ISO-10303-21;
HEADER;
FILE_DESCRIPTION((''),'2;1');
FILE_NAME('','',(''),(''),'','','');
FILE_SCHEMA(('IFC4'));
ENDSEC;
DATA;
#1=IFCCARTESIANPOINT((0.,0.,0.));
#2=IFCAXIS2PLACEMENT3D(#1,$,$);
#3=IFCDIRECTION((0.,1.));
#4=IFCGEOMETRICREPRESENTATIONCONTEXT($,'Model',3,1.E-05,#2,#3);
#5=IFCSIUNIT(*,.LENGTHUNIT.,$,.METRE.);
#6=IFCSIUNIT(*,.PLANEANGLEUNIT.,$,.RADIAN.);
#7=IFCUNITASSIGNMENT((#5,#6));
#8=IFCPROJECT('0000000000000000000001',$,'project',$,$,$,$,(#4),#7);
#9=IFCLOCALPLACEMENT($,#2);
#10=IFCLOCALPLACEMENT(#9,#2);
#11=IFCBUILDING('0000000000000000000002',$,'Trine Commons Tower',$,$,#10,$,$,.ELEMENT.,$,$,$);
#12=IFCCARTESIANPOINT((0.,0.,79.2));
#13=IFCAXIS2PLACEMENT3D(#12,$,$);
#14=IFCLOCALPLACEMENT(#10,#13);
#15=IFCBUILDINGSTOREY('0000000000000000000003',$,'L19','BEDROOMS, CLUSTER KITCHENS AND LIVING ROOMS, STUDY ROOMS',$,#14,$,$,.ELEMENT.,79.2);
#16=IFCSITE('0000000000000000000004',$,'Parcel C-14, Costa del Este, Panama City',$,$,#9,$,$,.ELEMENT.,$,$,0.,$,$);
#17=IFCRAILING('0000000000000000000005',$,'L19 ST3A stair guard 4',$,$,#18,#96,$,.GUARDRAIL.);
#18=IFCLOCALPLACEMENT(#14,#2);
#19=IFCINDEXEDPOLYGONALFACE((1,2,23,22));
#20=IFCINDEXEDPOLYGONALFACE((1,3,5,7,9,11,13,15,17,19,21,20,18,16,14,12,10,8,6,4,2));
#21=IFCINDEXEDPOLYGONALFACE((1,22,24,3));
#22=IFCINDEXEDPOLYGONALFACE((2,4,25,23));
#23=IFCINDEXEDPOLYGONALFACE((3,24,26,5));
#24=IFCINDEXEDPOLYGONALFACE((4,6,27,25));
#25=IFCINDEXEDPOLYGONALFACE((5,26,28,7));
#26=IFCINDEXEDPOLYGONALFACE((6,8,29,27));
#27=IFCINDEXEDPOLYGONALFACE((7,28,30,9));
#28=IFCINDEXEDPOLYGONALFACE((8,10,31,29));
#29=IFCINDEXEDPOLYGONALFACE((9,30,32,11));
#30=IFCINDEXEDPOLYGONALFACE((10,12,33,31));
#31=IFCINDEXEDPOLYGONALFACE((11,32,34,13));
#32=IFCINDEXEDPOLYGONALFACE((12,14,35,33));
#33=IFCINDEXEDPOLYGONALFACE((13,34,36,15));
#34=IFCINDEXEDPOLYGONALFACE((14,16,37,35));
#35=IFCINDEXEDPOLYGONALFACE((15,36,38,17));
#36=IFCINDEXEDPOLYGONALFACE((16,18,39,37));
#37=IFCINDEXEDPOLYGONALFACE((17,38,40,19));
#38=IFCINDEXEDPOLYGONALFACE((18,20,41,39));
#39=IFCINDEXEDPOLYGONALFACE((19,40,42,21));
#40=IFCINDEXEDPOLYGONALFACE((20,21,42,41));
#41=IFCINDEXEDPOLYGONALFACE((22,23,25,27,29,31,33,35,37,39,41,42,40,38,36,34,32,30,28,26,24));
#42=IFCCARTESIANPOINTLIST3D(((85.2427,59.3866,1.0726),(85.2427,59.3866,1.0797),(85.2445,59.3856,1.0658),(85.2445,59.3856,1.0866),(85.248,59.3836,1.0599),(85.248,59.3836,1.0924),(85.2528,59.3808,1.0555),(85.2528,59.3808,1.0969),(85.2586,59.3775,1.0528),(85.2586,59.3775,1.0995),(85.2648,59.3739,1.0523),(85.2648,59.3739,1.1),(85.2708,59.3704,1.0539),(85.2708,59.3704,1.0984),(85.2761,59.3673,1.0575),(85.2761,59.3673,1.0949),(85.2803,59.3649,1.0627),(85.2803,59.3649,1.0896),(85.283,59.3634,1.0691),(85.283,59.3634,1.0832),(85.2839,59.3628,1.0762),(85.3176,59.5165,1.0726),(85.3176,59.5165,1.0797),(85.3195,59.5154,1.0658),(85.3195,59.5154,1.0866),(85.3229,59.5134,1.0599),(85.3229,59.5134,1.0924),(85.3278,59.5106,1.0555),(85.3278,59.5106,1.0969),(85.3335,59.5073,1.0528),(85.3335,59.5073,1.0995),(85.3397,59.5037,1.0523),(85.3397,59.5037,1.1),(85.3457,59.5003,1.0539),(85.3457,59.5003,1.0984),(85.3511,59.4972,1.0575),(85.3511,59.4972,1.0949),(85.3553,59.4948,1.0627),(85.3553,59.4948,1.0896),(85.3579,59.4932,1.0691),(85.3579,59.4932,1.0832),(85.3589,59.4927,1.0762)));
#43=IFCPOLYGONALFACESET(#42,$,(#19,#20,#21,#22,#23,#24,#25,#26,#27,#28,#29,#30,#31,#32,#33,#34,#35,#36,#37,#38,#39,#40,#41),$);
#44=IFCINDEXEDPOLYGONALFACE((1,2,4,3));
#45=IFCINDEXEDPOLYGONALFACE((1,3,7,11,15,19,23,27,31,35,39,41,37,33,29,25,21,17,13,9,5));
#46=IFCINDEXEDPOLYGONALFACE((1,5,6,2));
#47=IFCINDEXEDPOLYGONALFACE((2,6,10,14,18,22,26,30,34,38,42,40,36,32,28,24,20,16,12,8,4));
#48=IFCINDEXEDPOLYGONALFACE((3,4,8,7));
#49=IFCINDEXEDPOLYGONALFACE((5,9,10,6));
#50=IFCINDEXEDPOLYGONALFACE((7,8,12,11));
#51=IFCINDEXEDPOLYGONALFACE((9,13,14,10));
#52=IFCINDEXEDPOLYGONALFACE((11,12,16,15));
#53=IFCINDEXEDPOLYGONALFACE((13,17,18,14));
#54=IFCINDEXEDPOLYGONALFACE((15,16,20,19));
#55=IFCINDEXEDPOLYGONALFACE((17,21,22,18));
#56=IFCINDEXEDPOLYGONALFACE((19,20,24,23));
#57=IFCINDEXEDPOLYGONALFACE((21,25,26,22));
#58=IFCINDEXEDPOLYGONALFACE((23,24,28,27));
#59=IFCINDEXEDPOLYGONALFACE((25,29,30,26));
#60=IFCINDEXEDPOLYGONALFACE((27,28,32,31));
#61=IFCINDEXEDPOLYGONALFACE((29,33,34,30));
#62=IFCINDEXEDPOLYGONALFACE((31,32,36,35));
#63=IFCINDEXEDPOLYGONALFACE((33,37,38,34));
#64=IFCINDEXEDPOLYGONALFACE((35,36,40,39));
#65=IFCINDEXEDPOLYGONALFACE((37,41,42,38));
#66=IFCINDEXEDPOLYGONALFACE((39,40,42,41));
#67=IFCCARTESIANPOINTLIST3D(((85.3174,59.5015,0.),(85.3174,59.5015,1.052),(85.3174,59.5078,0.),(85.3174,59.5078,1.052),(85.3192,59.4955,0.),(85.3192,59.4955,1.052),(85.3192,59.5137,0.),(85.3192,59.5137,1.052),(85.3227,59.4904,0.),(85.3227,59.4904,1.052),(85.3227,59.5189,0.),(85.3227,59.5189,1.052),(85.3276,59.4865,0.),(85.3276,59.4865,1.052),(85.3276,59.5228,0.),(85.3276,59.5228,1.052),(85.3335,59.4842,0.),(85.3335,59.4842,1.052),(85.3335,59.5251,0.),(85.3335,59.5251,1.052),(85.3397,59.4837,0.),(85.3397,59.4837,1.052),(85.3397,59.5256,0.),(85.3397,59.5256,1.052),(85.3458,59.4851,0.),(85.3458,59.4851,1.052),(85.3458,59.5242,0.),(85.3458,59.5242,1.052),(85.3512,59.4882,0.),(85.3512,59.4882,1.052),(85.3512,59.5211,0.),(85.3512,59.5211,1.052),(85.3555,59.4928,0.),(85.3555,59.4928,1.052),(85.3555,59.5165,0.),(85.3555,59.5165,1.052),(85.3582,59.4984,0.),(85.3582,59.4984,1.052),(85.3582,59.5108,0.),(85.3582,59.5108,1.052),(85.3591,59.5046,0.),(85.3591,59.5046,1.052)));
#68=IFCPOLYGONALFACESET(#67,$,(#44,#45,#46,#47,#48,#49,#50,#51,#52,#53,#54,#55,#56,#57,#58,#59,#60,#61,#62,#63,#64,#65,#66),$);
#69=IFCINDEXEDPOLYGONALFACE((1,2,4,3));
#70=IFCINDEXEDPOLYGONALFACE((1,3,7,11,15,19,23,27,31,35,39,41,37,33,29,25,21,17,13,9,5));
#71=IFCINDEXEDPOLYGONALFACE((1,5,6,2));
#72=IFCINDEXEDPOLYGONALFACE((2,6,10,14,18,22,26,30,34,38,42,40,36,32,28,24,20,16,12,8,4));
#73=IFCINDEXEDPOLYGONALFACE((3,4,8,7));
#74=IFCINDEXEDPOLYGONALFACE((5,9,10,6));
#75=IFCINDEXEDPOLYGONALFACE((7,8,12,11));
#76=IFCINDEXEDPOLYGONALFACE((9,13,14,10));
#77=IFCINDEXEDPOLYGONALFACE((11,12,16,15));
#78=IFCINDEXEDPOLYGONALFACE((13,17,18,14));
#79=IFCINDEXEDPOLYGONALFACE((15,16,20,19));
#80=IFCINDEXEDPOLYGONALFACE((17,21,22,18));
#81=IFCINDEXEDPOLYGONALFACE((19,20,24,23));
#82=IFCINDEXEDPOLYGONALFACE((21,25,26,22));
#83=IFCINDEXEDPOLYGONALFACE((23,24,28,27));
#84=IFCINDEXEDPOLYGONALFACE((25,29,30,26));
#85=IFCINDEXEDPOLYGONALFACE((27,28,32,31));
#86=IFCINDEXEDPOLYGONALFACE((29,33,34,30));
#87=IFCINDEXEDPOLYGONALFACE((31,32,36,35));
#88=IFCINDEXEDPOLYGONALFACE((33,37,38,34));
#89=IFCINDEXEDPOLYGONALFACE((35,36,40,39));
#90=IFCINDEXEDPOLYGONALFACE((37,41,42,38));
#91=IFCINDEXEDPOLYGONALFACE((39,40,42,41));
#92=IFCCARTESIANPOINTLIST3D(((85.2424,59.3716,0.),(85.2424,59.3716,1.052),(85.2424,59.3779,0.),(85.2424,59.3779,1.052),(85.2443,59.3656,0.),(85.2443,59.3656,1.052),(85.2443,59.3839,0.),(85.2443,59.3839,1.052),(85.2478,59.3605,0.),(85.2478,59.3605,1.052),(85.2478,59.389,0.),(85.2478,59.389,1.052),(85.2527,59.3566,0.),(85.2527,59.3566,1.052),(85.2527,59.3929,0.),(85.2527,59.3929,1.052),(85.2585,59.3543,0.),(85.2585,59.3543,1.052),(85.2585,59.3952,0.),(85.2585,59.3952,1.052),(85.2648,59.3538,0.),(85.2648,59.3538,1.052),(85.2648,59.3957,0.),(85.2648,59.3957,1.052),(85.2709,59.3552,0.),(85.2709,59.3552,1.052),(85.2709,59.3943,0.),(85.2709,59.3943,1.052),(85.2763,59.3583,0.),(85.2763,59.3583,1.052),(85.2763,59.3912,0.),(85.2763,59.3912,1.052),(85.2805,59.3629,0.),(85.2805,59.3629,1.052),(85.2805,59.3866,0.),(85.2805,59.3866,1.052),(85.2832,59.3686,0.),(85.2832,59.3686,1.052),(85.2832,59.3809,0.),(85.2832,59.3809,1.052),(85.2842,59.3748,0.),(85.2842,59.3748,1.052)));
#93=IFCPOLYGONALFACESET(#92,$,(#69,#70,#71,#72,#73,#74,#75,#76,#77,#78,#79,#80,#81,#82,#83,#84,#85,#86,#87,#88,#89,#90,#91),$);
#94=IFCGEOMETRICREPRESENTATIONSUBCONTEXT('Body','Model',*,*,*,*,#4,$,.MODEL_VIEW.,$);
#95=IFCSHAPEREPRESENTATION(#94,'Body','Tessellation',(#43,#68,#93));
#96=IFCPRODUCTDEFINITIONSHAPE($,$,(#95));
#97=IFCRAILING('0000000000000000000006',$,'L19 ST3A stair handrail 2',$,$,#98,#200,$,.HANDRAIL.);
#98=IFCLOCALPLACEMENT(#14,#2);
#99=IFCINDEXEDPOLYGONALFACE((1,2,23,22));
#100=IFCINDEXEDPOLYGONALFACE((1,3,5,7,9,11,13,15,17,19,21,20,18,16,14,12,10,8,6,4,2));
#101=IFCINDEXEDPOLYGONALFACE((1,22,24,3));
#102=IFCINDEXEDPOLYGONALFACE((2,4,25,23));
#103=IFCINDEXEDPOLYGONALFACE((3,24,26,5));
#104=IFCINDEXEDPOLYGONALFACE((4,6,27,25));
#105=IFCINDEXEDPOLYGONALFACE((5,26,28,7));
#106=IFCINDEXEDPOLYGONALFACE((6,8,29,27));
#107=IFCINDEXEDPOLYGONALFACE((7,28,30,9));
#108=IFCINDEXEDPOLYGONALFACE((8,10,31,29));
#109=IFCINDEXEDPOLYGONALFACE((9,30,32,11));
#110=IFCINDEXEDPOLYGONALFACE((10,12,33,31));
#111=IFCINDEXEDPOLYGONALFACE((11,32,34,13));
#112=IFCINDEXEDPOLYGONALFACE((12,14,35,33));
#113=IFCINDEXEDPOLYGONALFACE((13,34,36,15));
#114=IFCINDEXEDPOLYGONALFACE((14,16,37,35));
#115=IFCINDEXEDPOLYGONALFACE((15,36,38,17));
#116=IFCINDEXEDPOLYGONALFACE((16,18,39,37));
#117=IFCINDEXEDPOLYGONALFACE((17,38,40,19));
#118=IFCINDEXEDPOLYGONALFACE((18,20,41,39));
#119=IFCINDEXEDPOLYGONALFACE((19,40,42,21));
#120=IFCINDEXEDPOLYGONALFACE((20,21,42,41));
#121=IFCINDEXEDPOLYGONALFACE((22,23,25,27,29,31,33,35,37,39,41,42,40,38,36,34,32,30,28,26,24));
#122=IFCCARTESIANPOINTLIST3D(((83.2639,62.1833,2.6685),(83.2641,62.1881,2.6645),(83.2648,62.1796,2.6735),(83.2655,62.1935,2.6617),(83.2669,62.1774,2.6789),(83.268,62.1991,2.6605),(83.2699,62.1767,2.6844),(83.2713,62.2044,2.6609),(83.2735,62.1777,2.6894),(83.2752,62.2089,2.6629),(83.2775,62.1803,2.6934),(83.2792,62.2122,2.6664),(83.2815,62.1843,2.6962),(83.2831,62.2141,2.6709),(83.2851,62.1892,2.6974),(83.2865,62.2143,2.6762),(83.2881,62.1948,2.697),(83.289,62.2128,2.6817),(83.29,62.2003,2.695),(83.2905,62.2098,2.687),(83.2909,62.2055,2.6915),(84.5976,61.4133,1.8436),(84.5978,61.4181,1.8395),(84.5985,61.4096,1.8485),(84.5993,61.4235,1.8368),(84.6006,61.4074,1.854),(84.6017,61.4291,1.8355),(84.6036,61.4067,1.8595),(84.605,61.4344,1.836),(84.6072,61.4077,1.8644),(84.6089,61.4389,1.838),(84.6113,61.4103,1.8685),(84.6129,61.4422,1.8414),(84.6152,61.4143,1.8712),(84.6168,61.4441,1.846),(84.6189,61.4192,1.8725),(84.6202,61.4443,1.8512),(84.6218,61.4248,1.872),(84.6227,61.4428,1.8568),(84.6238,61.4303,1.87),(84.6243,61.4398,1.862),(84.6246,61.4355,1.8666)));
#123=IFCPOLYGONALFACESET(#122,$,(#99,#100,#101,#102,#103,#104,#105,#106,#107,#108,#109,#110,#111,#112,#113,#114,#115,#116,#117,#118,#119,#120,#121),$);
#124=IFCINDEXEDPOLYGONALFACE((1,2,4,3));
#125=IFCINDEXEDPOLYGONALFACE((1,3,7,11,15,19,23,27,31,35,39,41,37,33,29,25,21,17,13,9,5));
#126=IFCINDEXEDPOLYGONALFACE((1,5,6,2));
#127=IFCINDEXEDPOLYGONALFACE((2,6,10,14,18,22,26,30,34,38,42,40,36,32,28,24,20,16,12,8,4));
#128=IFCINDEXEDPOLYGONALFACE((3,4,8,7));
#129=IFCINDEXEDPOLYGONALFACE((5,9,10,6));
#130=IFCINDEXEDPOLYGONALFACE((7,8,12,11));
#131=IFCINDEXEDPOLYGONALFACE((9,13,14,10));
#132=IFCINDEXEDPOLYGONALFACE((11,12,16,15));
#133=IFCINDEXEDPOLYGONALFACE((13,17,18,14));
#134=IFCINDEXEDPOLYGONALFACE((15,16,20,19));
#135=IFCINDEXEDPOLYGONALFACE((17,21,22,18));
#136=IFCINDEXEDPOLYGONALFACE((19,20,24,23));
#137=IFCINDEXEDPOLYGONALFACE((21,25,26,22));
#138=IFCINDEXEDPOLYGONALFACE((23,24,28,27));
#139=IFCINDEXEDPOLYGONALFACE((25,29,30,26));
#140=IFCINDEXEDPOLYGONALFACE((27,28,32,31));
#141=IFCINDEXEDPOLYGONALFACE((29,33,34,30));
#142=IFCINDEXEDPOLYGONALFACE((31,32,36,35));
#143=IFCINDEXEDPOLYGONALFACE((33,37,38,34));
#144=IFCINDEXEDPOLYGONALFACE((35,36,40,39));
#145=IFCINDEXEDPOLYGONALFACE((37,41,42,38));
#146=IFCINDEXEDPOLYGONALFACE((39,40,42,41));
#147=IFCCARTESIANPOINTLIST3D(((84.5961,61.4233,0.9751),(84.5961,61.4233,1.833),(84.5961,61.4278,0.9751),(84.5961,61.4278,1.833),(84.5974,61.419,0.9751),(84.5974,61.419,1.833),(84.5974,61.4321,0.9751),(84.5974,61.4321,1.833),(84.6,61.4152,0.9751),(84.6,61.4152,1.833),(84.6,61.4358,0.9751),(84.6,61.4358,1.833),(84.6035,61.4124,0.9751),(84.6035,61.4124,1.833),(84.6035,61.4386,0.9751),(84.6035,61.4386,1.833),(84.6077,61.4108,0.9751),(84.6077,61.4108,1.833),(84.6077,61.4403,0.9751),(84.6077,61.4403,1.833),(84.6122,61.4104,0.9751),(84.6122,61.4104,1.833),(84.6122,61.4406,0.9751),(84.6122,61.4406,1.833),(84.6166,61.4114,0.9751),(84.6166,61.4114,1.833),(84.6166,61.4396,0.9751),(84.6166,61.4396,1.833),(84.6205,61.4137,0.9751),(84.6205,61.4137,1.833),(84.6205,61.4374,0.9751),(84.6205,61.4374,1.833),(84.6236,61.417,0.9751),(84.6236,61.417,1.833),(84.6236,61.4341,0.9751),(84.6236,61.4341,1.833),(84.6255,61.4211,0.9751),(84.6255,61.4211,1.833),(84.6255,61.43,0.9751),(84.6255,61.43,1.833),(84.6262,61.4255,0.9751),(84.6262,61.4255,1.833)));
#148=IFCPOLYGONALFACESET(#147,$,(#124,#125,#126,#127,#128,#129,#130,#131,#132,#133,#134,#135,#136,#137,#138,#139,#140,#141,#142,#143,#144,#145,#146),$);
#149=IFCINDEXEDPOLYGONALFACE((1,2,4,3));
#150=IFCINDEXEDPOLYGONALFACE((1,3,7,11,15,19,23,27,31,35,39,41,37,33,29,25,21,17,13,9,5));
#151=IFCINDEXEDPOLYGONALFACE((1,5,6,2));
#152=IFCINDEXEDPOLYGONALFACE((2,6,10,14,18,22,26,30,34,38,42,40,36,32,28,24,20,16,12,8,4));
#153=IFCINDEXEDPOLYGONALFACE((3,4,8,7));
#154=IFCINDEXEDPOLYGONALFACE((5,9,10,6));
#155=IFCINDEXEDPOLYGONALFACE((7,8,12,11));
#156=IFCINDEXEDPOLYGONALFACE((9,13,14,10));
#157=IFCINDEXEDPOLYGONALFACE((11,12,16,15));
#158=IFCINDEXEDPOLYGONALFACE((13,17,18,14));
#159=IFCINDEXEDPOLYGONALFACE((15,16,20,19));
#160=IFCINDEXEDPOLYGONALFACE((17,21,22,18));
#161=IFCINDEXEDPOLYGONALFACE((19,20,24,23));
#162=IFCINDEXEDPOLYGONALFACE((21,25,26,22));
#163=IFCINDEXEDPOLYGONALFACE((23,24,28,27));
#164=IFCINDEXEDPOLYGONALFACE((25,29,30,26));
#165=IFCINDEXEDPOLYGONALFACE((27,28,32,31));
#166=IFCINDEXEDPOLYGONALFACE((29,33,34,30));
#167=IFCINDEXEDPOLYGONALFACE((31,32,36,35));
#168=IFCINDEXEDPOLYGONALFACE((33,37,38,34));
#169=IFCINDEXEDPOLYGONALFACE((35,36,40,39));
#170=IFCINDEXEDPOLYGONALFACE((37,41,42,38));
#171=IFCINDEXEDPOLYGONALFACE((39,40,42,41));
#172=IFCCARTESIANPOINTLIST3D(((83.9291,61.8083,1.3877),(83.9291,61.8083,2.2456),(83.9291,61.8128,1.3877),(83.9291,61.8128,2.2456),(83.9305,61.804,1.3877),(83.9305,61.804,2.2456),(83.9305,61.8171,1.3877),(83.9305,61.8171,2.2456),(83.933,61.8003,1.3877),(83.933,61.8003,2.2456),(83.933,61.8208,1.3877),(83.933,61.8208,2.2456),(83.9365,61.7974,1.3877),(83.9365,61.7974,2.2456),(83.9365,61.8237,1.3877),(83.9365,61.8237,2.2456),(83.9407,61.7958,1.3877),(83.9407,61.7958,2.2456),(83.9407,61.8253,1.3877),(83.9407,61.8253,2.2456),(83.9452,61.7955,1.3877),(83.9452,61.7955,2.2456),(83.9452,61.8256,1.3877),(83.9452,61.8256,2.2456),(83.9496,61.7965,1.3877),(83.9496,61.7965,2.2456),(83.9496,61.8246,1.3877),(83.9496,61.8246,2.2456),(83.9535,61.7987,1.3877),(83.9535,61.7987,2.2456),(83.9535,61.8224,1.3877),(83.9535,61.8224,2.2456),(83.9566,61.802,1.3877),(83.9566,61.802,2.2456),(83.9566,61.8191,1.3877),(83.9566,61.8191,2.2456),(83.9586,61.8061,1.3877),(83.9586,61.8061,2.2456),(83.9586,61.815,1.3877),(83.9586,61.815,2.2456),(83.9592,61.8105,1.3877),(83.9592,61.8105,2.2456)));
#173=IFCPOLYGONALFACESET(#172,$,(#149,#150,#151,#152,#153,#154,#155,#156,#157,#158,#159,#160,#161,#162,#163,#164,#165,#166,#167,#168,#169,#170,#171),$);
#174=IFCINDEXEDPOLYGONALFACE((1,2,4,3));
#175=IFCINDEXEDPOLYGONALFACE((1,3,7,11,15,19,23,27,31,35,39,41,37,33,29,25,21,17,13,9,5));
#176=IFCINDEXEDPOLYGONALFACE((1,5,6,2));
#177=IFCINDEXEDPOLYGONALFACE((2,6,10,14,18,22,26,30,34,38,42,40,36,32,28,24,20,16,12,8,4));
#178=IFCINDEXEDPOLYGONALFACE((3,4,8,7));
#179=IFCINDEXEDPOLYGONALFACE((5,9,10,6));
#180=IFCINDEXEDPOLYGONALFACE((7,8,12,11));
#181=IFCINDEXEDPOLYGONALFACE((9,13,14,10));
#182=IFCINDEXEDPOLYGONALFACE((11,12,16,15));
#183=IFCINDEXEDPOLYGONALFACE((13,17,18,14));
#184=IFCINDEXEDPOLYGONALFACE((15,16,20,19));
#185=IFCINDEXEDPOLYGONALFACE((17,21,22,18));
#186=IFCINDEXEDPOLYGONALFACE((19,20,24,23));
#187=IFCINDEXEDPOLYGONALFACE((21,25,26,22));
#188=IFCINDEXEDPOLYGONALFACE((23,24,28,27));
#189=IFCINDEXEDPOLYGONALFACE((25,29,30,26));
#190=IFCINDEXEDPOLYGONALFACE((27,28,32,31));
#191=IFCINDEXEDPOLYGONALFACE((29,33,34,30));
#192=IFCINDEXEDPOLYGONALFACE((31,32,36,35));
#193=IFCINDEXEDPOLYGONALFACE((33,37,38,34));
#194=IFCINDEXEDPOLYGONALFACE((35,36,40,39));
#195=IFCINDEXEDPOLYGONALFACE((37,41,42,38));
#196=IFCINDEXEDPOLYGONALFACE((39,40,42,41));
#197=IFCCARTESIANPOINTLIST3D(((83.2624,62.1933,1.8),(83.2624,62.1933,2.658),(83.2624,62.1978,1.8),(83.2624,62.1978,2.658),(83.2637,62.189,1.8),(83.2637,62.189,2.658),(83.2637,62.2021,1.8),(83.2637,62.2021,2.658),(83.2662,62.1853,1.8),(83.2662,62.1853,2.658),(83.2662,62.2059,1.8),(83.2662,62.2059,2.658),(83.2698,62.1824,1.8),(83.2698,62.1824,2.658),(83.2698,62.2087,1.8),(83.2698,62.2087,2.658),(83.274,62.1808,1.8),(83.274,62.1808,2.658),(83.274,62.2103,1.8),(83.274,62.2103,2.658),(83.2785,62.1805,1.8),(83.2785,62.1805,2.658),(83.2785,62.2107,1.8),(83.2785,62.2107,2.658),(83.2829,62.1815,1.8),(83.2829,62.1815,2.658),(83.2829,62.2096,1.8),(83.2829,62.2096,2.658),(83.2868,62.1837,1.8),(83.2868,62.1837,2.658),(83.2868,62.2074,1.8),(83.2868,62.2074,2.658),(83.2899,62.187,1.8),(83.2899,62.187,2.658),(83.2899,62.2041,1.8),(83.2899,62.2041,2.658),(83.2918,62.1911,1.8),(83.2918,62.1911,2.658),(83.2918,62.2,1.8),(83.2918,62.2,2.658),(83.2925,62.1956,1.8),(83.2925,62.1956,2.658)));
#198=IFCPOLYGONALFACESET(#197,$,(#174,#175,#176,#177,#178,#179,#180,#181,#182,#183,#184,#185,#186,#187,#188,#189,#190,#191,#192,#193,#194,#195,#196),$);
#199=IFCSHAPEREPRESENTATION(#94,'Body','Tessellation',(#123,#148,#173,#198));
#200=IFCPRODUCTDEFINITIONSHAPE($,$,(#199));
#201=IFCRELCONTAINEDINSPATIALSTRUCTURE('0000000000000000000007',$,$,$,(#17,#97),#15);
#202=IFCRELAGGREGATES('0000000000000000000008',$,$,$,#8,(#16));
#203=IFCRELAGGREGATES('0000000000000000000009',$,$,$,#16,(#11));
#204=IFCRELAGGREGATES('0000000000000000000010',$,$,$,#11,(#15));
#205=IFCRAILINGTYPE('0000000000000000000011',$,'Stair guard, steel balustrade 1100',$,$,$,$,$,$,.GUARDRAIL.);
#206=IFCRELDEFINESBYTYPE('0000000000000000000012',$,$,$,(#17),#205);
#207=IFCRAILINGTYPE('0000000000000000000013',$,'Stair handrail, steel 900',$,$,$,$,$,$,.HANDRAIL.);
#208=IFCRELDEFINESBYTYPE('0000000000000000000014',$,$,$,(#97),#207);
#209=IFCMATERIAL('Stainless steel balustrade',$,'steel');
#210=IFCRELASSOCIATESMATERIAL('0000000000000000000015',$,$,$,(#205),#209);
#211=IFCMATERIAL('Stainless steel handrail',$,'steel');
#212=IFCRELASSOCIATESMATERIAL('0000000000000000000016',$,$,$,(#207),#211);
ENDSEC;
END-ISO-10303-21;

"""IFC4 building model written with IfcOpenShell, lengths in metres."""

from ifc_helpers import new_model, si_unit, direction, frame, origin, origin_2d, place, context, subcontext, project, spatial, circle, extrude, material, type_object, element, save


model = new_model("IFC4")

# Units and contexts
model_context = context("Model", 3, precision=1e-05, world=origin(), true_north=direction((0.0, 1.0)))
body_context = subcontext(model_context, "Body", "Model", "MODEL_VIEW")
ifc_project = project(units=[si_unit("LENGTHUNIT", "METRE"), si_unit("PLANEANGLEUNIT", "RADIAN")], contexts=[model_context])

# Site, building, storey
site_placement = place(None, origin())
site = spatial("IfcSite", under=ifc_project, at=site_placement, Name="Parcel C-14, Costa del Este, Panama City", CompositionType="ELEMENT", RefElevation=0.0)
building_placement = place(site_placement, origin())
building = spatial("IfcBuilding", under=site, at=building_placement, Name="Trine Commons Tower", CompositionType="ELEMENT")
storey_placement = place(building_placement, frame((0.0, 0.0, 79.2)))
storey = spatial("IfcBuildingStorey", under=building, at=storey_placement, Name="L19", Description="BEDROOMS, CLUSTER KITCHENS AND LIVING ROOMS, STUDY ROOMS", CompositionType="ELEMENT", Elevation=79.2)

# Railings
ifc_material_1 = material(Name="Stainless steel balustrade", Category="steel")
railing_type_1 = type_object("IfcRailingType", Name="Stair guard, steel balustrade 1100", PredefinedType="GUARDRAIL", material=ifc_material_1)
railing_1_placement = place(storey_placement, frame((85.3381, 59.5046, 0.0)))
element("IfcRailing", 1, at=railing_1_placement, inside=storey, type_object=railing_type_1, Name="L19 ST3A stair guard 4", PredefinedType="GUARDRAIL", context=body_context, shape_type="SweptSolid", body=[
    extrude(circle(Radius=0.0239, at=origin_2d()), frame((0.0, 0.0, 1.0762), z_axis=(-0.499816, -0.866131, 0.0), x_axis=(0.866131, -0.499816, 0.0)), (0.0, 0.0, 1.0), 0.1499),
    extrude(circle(Radius=0.021, at=origin_2d()), origin(), (0.0, 0.0, 1.0), 1.052),
    extrude(circle(Radius=0.021, at=origin_2d()), frame((-0.075, -0.1299, 0.0)), (0.0, 0.0, 1.0), 1.052),
])
ifc_material_2 = material(Name="Stainless steel handrail", Category="steel")
railing_type_2 = type_object("IfcRailingType", Name="Stair handrail, steel 900", PredefinedType="HANDRAIL", material=ifc_material_2)
railing_2_placement = place(storey_placement, frame((84.6111, 61.4255, 0.9751)))
element("IfcRailing", 2, at=railing_2_placement, inside=storey, type_object=railing_type_2, Name="L19 ST3A stair handrail 2", PredefinedType="HANDRAIL", context=body_context, shape_type="SweptSolid", body=[
    extrude(circle(Radius=0.021, at=origin_2d()), frame((0.0, 0.0, 0.8789), z_axis=(-0.763405, 0.440743, 0.472185), x_axis=(-0.499992, -0.86603, 0.0)), (0.0, 0.0, 1.0), 1.7471),
    extrude(circle(Radius=0.0151, at=origin_2d()), origin(), (0.0, 0.0, 1.0), 0.8579),
    extrude(circle(Radius=0.0151, at=origin_2d()), frame((-0.667, 0.385, 0.4126)), (0.0, 0.0, 1.0), 0.8579),
    extrude(circle(Radius=0.0151, at=origin_2d()), frame((-1.3337, 0.77, 0.825)), (0.0, 0.0, 1.0), 0.8579),
])

save(model, "model.ifc")
